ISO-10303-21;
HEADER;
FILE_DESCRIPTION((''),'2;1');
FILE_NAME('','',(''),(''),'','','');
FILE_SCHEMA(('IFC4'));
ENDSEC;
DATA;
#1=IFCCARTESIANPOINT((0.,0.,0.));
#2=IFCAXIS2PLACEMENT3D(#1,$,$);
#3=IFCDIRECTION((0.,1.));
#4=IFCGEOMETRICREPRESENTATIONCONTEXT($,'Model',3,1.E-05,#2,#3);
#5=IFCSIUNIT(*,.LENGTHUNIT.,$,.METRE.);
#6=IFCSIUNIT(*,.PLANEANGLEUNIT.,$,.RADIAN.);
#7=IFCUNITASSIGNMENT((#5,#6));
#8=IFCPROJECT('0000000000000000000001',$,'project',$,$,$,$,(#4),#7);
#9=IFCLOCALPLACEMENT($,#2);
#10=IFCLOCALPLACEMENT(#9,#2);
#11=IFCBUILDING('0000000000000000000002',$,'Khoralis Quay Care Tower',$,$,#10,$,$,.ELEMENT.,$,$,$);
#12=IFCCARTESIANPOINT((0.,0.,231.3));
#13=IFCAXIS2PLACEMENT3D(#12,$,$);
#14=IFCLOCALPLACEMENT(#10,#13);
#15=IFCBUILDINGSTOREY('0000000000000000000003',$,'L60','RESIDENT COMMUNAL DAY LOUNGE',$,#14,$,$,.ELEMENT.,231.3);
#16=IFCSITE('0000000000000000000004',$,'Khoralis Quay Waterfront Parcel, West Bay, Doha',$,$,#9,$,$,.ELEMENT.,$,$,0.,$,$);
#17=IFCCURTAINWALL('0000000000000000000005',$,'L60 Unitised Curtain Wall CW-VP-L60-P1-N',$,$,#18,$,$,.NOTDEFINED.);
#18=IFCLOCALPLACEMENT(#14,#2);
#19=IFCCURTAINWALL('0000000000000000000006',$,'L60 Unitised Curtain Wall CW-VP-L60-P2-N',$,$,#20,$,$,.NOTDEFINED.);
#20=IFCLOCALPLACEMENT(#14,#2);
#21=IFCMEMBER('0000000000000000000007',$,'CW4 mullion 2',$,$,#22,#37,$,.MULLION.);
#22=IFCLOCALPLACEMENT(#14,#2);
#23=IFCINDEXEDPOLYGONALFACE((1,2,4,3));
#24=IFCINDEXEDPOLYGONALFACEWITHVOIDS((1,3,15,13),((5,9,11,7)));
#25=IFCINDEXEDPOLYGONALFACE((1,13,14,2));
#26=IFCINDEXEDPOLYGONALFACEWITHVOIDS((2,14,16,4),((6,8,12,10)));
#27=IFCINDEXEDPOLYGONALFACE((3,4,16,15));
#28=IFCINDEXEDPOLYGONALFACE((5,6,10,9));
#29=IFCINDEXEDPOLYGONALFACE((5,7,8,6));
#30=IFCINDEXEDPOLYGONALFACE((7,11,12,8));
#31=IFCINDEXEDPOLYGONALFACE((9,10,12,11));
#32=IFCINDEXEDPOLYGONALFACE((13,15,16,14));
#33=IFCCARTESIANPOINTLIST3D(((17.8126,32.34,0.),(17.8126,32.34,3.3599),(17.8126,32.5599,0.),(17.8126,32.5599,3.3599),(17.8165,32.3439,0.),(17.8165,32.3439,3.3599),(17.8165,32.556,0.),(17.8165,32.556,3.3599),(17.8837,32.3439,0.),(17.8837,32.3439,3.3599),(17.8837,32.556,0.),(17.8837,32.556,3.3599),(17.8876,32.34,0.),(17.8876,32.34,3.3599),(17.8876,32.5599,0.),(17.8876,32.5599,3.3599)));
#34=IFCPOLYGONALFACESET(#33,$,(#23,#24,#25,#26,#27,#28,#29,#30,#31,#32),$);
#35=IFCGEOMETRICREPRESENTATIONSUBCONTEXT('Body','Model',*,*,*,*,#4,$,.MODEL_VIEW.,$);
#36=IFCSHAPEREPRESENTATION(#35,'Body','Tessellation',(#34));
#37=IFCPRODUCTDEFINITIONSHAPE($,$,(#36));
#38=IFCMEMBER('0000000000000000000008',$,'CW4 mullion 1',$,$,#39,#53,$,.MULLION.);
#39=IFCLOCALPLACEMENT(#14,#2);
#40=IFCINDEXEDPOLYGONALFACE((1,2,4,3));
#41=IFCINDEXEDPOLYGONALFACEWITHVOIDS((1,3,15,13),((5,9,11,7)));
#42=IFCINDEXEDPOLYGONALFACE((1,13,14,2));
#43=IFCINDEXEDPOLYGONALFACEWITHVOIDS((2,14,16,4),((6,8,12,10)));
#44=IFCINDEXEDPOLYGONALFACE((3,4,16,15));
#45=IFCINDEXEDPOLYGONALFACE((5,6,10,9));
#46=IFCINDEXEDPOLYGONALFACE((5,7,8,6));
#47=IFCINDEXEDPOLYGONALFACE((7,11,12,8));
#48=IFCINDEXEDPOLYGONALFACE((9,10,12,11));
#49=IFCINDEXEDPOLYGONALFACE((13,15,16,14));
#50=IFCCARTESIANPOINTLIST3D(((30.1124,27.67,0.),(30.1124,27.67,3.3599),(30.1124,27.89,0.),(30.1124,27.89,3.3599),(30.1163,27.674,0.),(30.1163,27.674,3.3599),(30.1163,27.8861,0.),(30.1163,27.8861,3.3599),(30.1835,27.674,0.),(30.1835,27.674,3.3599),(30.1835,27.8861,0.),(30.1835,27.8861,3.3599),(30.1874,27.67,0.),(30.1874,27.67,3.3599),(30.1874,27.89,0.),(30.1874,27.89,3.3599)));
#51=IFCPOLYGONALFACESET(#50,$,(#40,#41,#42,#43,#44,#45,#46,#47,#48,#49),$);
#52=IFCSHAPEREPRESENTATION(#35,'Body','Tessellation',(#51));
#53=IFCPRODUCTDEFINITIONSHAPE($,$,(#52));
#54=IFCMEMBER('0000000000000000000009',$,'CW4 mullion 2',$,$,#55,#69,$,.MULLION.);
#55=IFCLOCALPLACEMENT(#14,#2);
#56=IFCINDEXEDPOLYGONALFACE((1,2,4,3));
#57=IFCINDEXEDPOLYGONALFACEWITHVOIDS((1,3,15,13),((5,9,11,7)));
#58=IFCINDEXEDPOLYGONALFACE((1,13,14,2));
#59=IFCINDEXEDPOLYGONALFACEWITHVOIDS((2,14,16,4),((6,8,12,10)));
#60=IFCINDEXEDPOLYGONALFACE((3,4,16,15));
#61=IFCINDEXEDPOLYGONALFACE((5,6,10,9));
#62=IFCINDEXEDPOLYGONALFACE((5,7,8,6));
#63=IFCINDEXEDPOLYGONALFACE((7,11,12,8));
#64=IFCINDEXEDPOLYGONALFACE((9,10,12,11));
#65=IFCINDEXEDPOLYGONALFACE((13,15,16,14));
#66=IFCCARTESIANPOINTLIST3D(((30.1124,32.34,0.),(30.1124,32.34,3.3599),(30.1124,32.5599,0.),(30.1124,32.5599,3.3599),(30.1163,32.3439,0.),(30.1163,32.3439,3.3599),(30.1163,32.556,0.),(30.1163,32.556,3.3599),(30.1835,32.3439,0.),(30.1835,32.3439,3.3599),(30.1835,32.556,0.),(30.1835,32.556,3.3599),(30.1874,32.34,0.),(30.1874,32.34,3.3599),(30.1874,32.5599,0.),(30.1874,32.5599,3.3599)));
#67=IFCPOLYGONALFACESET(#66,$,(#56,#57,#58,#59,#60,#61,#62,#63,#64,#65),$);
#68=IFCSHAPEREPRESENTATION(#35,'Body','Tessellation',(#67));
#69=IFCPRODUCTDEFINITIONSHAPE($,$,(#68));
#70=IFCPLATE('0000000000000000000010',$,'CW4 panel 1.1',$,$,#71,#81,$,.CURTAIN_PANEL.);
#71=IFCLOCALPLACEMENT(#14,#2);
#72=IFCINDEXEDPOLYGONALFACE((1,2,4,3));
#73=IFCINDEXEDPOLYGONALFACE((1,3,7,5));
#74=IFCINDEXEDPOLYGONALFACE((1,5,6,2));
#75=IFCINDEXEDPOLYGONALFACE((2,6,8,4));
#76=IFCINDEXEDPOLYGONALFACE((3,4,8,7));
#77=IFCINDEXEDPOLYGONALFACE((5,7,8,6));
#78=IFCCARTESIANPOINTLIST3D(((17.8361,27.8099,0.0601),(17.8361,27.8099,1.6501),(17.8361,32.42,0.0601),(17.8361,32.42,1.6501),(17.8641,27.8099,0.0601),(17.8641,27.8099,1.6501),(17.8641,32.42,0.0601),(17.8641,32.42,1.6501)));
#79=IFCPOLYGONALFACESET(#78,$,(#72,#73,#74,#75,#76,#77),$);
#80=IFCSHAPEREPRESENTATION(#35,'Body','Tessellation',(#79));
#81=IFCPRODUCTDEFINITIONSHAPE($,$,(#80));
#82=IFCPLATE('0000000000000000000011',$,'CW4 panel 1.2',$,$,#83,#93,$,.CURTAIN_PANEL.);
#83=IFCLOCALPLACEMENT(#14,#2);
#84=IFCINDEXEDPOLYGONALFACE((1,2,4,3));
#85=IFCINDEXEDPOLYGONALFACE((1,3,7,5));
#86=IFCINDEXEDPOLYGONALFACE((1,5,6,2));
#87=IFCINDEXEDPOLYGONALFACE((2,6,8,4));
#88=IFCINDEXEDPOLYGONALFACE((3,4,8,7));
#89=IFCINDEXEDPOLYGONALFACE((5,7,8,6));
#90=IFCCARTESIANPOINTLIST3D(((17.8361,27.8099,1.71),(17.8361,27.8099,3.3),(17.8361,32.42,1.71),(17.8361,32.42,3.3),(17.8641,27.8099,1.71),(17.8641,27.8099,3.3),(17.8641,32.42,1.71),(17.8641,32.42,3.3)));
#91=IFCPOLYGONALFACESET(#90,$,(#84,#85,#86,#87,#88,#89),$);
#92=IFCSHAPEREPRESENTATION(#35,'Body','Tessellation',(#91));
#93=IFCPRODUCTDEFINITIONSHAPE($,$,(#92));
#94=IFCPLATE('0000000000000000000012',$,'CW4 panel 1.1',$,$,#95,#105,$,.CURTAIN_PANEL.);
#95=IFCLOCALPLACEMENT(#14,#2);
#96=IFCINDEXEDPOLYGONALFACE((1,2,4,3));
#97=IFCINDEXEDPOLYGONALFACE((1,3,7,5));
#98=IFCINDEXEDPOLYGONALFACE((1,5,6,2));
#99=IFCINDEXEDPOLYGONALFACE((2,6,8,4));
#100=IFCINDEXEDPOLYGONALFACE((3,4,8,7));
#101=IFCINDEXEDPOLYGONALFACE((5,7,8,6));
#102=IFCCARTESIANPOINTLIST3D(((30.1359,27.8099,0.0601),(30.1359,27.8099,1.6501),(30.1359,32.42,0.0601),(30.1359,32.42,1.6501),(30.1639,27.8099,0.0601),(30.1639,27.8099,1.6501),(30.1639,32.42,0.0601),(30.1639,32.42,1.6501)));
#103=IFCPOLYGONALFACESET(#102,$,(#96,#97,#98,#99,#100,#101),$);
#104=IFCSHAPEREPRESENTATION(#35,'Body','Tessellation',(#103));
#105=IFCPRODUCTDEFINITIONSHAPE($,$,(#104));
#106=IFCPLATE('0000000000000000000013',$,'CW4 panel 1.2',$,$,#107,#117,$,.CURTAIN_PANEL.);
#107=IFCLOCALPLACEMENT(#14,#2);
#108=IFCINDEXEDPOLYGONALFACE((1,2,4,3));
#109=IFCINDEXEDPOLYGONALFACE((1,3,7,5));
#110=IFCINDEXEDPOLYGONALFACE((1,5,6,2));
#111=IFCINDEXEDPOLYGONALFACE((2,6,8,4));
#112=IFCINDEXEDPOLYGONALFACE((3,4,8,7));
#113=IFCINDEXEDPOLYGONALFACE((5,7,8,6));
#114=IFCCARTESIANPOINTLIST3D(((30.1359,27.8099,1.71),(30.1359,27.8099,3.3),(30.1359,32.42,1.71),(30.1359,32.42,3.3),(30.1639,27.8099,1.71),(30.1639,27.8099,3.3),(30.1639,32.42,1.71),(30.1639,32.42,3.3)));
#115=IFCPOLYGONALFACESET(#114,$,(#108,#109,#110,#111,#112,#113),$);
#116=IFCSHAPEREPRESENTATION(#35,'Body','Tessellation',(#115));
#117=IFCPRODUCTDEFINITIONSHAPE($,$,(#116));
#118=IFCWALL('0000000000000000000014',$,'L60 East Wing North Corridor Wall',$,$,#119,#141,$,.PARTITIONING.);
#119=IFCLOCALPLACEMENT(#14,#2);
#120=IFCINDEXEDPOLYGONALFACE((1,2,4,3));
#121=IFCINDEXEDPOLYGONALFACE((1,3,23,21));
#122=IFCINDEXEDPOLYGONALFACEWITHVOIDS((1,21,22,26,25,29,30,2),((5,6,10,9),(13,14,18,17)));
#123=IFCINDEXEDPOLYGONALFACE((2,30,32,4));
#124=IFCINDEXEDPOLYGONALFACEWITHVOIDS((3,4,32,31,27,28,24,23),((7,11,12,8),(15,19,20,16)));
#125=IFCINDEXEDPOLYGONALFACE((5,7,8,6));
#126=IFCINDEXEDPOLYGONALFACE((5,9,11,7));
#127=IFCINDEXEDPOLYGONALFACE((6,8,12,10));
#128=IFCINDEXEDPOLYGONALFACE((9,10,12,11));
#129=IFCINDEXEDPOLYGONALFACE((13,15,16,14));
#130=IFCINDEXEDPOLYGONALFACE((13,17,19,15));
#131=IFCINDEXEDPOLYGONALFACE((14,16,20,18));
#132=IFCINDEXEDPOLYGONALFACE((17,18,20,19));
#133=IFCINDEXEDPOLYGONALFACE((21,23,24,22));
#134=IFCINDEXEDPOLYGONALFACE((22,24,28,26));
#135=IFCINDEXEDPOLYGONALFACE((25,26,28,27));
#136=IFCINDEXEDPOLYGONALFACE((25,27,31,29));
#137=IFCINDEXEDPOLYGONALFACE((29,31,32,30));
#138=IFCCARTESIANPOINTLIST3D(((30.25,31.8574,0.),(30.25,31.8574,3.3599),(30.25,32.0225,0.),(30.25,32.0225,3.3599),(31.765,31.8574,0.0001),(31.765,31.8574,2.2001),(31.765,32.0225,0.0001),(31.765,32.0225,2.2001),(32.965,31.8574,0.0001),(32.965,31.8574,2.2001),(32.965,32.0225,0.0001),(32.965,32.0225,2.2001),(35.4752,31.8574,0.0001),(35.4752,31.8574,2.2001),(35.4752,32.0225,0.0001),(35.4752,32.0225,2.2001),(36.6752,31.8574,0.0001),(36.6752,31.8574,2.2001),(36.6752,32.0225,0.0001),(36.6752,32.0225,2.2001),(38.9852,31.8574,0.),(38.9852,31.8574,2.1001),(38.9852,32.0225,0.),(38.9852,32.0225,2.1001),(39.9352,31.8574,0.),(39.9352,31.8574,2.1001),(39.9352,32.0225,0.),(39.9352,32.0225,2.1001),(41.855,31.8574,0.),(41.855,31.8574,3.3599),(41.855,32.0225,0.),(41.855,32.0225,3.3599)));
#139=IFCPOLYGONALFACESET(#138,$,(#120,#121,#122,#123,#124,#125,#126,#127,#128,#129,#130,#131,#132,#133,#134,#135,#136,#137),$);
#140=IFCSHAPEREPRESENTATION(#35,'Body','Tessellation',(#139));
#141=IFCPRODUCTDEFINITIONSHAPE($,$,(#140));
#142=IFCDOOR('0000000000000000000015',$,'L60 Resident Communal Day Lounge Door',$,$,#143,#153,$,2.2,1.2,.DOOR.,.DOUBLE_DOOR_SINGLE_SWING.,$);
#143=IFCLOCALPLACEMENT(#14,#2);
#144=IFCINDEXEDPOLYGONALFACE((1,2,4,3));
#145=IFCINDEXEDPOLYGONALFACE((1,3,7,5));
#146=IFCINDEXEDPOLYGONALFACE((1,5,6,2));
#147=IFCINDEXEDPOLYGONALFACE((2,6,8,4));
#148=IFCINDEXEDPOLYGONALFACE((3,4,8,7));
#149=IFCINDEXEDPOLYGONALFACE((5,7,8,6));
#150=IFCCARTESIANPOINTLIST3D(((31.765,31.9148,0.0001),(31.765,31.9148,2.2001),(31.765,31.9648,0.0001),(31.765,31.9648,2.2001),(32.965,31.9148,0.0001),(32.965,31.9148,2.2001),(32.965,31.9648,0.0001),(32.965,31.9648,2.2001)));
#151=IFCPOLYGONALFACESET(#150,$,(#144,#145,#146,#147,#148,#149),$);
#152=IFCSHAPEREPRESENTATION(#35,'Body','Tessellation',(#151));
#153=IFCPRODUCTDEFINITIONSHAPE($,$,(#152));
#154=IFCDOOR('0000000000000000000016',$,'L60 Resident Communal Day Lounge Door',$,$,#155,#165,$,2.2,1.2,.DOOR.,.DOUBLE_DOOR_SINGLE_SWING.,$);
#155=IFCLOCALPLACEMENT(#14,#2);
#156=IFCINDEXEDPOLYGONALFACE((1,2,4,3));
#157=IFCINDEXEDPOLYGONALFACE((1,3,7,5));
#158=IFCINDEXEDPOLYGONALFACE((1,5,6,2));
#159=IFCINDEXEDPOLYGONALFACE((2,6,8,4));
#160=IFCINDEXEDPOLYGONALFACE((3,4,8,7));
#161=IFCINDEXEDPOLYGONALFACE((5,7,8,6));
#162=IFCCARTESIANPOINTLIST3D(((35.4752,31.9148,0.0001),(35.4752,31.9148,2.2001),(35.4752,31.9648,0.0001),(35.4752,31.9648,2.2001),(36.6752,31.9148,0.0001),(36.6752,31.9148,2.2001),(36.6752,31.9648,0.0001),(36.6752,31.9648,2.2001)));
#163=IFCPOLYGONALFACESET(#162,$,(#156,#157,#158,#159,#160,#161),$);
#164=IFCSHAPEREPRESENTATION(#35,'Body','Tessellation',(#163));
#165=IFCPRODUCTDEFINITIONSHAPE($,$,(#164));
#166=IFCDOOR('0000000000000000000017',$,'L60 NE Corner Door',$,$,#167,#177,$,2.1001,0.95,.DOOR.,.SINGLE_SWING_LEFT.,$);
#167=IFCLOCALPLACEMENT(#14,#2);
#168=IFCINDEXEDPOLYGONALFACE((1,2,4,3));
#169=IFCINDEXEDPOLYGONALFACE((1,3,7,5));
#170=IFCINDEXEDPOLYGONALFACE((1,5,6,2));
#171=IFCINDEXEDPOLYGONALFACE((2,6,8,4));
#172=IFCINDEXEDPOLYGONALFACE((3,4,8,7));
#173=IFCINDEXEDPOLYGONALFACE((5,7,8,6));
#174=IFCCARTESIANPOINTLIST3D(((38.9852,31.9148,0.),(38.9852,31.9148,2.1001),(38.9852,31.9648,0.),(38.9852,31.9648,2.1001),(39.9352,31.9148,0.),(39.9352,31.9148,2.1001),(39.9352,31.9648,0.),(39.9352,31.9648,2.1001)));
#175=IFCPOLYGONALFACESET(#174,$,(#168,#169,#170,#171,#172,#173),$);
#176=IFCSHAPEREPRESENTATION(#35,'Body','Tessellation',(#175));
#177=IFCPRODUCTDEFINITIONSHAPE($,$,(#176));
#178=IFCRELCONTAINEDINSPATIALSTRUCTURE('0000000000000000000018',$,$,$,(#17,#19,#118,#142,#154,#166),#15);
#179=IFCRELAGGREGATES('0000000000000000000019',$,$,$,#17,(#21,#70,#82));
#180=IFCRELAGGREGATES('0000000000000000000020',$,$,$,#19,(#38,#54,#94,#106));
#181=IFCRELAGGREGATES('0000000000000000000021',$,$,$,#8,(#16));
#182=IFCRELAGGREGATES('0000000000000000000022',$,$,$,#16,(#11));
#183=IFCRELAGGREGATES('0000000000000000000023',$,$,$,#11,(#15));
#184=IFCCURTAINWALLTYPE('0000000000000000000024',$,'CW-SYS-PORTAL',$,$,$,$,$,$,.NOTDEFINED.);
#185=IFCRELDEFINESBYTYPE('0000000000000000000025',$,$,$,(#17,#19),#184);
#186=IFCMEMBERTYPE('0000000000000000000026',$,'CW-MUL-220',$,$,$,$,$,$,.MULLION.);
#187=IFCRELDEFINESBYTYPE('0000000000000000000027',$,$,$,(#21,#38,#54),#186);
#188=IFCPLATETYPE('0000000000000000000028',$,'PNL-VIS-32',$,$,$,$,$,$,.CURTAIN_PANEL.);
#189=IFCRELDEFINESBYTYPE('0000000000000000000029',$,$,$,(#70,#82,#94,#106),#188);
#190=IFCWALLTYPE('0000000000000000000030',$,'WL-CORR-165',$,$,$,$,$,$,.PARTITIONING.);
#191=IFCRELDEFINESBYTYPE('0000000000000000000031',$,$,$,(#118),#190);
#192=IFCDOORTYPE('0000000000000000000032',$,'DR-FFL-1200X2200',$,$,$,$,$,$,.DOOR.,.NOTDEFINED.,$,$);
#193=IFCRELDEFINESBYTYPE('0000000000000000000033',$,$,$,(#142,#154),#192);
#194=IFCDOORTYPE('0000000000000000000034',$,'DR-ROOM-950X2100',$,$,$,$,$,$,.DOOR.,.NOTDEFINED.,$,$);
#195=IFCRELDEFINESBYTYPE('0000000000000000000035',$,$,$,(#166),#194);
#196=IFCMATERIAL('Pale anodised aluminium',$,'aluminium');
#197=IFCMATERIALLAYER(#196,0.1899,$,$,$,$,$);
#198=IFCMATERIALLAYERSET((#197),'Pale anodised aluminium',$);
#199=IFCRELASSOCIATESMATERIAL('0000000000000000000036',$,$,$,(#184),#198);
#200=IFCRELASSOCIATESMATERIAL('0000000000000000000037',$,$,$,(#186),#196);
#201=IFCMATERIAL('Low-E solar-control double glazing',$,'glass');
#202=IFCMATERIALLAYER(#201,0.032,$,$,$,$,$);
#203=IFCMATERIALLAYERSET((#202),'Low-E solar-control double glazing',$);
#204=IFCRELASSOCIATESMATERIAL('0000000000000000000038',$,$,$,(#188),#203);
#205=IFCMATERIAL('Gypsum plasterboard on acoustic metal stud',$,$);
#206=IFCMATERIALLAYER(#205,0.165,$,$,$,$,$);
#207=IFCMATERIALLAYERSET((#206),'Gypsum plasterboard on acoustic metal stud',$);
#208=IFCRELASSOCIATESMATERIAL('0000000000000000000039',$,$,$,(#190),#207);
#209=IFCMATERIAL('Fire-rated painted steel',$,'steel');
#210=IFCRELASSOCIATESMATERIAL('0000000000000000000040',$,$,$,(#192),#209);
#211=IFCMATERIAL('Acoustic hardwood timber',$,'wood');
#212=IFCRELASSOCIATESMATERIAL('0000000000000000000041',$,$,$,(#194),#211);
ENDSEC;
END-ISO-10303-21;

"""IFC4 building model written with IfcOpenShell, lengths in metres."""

from ifc_helpers import new_model, si_unit, direction, frame, frame_2d, origin, origin_2d, place, context, subcontext, project, spatial, rectangle, hollow_rectangle, extrude, source, transform, mapped, material, layer, layer_set, material_profile, profile_set, type_object, element, fill, aggregate, save


model = new_model("IFC4")

# Units and contexts
model_context = context("Model", 3, precision=1e-05, world=origin(), true_north=direction((0.0, 1.0)))
body_context = subcontext(model_context, "Body", "Model", "MODEL_VIEW")
ifc_project = project(units=[si_unit("LENGTHUNIT", "METRE"), si_unit("PLANEANGLEUNIT", "RADIAN")], contexts=[model_context])

# Site, building, storey
site_placement = place(None, origin())
site = spatial("IfcSite", under=ifc_project, at=site_placement, Name="Khoralis Quay Waterfront Parcel, West Bay, Doha", CompositionType="ELEMENT", RefElevation=0.0)
building_placement = place(site_placement, origin())
building = spatial("IfcBuilding", under=site, at=building_placement, Name="Khoralis Quay Care Tower", CompositionType="ELEMENT")
storey_placement = place(building_placement, frame((0.0, 0.0, 231.3)))
storey = spatial("IfcBuildingStorey", under=building, at=storey_placement, Name="L60", Description="RESIDENT COMMUNAL DAY LOUNGE", CompositionType="ELEMENT", Elevation=231.3)

# Curtain wall
ifc_material_1 = material(Name="Pale anodised aluminium", Category="aluminium")
ifc_layer_1 = layer(ifc_material_1, 0.1899)
ifc_layer_set_1 = layer_set([ifc_layer_1], Name="Pale anodised aluminium")
curtain_wall_type = type_object("IfcCurtainWallType", Name="CW-SYS-PORTAL", PredefinedType="NOTDEFINED", material=ifc_layer_set_1)
curtain_wall_1_placement = place(storey_placement, origin())
curtain_wall_1 = element("IfcCurtainWall", 1, at=curtain_wall_1_placement, inside=storey, type_object=curtain_wall_type, Name="L60 Unitised Curtain Wall CW-VP-L60-P1-N", PredefinedType="NOTDEFINED")

# Curtain wall
curtain_wall_2_placement = place(storey_placement, origin())
curtain_wall_2 = element("IfcCurtainWall", 2, at=curtain_wall_2_placement, inside=storey, type_object=curtain_wall_type, Name="L60 Unitised Curtain Wall CW-VP-L60-P2-N", PredefinedType="NOTDEFINED")

# Members
ifc_material_profile_1 = material_profile(ifc_material_1, hollow_rectangle(XDim=0.075, YDim=0.22, WallThickness=0.0039, at=origin_2d()), Name="Pale anodised aluminium")
ifc_profile_set_1 = profile_set([ifc_material_profile_1], Name="Pale anodised aluminium")
member_type_1 = type_object("IfcMemberType", Name="CW-MUL-220", PredefinedType="MULLION", material=ifc_profile_set_1)
shared_shape_1 = source(origin(), body_context, "Body", "SweptSolid", [
    extrude(hollow_rectangle(XDim=0.075, YDim=0.22, WallThickness=0.0039, at=origin_2d()), origin(), (0.0, 0.0, 1.0), 3.3599),
])
member_1_placement = place(storey_placement, frame((17.8501, 32.45, 0.0), z_axis=(0.0, 0.0, 1.0), x_axis=(-1.0, 0.0, 0.0)))
member_1 = element("IfcMember", 3, at=member_1_placement, type_object=member_type_1, Name="CW4 mullion 2", PredefinedType="MULLION", context=body_context, shape_type="MappedRepresentation", body=[
    mapped(shared_shape_1, transform((0.0, 0.0, 0.0), scale=1.0)),
])
member_2_placement = place(storey_placement, frame((30.1499, 27.78, 0.0), z_axis=(0.0, 0.0, 1.0), x_axis=(-1.0, 0.0, 0.0)))
member_2 = element("IfcMember", 4, at=member_2_placement, type_object=member_type_1, Name="CW4 mullion 1", PredefinedType="MULLION", context=body_context, shape_type="MappedRepresentation", body=[
    mapped(shared_shape_1, transform((0.0, 0.0, 0.0), scale=1.0)),
])
member_3_placement = place(storey_placement, frame((30.1499, 32.45, 0.0), z_axis=(0.0, 0.0, 1.0), x_axis=(-1.0, 0.0, 0.0)))
member_3 = element("IfcMember", 5, at=member_3_placement, type_object=member_type_1, Name="CW4 mullion 2", PredefinedType="MULLION", context=body_context, shape_type="MappedRepresentation", body=[
    mapped(shared_shape_1, transform((0.0, 0.0, 0.0), scale=1.0)),
])

# Plates
ifc_material_2 = material(Name="Low-E solar-control double glazing", Category="glass")
ifc_layer_2 = layer(ifc_material_2, 0.032)
ifc_layer_set_2 = layer_set([ifc_layer_2], Name="Low-E solar-control double glazing")
plate_type = type_object("IfcPlateType", Name="PNL-VIS-32", PredefinedType="CURTAIN_PANEL", material=ifc_layer_set_2)
shared_shape_2 = source(origin(), body_context, "Body", "SweptSolid", [
    extrude(rectangle(XDim=4.6101, YDim=0.0281, at=origin_2d()), origin(), (0.0, 0.0, 1.0), 1.5901),
])
plate_1_placement = place(storey_placement, frame((17.8501, 30.115, 0.0601), z_axis=(0.0, 0.0, 1.0), x_axis=(0.0, 1.0, 0.0)))
plate_1 = element("IfcPlate", 6, at=plate_1_placement, type_object=plate_type, Name="CW4 panel 1.1", PredefinedType="CURTAIN_PANEL", context=body_context, shape_type="MappedRepresentation", body=[
    mapped(shared_shape_2, transform((0.0, 0.0, 0.0), scale=1.0)),
])
plate_2_placement = place(storey_placement, frame((17.8501, 30.115, 1.71), z_axis=(0.0, 0.0, 1.0), x_axis=(0.0, 1.0, 0.0)))
plate_2 = element("IfcPlate", 7, at=plate_2_placement, type_object=plate_type, Name="CW4 panel 1.2", PredefinedType="CURTAIN_PANEL", context=body_context, shape_type="MappedRepresentation", body=[
    mapped(shared_shape_2, transform((0.0, 0.0, 0.0), scale=1.0)),
])
aggregate(curtain_wall_1, [member_1, plate_1, plate_2])
plate_3_placement = place(storey_placement, frame((30.1499, 30.115, 0.0601), z_axis=(0.0, 0.0, 1.0), x_axis=(0.0, 1.0, 0.0)))
plate_3 = element("IfcPlate", 8, at=plate_3_placement, type_object=plate_type, Name="CW4 panel 1.1", PredefinedType="CURTAIN_PANEL", context=body_context, shape_type="MappedRepresentation", body=[
    mapped(shared_shape_2, transform((0.0, 0.0, 0.0), scale=1.0)),
])
plate_4_placement = place(storey_placement, frame((30.1499, 30.115, 1.71), z_axis=(0.0, 0.0, 1.0), x_axis=(0.0, 1.0, 0.0)))
plate_4 = element("IfcPlate", 9, at=plate_4_placement, type_object=plate_type, Name="CW4 panel 1.2", PredefinedType="CURTAIN_PANEL", context=body_context, shape_type="MappedRepresentation", body=[
    mapped(shared_shape_2, transform((0.0, 0.0, 0.0), scale=1.0)),
])
aggregate(curtain_wall_2, [member_2, member_3, plate_3, plate_4])

# Wall, openings, doors
ifc_material_3 = material(Name="Gypsum plasterboard on acoustic metal stud")
ifc_layer_3 = layer(ifc_material_3, 0.165)
ifc_layer_set_3 = layer_set([ifc_layer_3], Name="Gypsum plasterboard on acoustic metal stud")
wall_type_1 = type_object("IfcWallType", Name="WL-CORR-165", PredefinedType="PARTITIONING", material=ifc_layer_set_3)
wall_1_placement = place(storey_placement, frame((30.25, 31.9399, 0.0), z_axis=(0.0, 0.0, 1.0), x_axis=(1.0, 0.0, 0.0)))
wall_1 = element("IfcWall", 10, at=wall_1_placement, inside=storey, type_object=wall_type_1, Name="L60 East Wing North Corridor Wall", PredefinedType="PARTITIONING", context=body_context, shape_type="SweptSolid", body=[
    extrude(rectangle(XDim=11.605, YDim=0.165, at=frame_2d((5.8025, 0.0))), origin(), (0.0, 0.0, 1.0), 3.3599),
])
opening_1_placement = place(wall_1_placement, frame((1.5149, 0.0, 0.0)))
opening_1 = element("IfcOpeningElement", 11, at=opening_1_placement, cuts=wall_1, PredefinedType="OPENING", context=body_context, shape_type="SweptSolid", body=[
    extrude(rectangle(XDim=1.2, YDim=2.2, at=frame_2d((0.6001, 1.1001))), frame((0.0, 0.0925, 0.0), z_axis=(0.0, -1.0, 0.0), x_axis=(1.0, 0.0, 0.0)), (0.0, 0.0, 1.0), 0.1851),
])
opening_2_placement = place(wall_1_placement, frame((5.2251, 0.0, 0.0)))
opening_2 = element("IfcOpeningElement", 12, at=opening_2_placement, cuts=wall_1, PredefinedType="OPENING", context=body_context, shape_type="SweptSolid", body=[
    extrude(rectangle(XDim=1.2, YDim=2.2, at=frame_2d((0.6001, 1.1001))), frame((0.0, 0.0925, 0.0), z_axis=(0.0, -1.0, 0.0), x_axis=(1.0, 0.0, 0.0)), (0.0, 0.0, 1.0), 0.1851),
])
opening_3_placement = place(wall_1_placement, frame((8.7351, 0.0, 0.0)))
opening_3 = element("IfcOpeningElement", 13, at=opening_3_placement, cuts=wall_1, PredefinedType="OPENING", context=body_context, shape_type="SweptSolid", body=[
    extrude(rectangle(XDim=0.95, YDim=2.1001, at=frame_2d((0.4751, 1.05))), frame((0.0, 0.0925, 0.0), z_axis=(0.0, -1.0, 0.0), x_axis=(1.0, 0.0, 0.0)), (0.0, 0.0, 1.0), 0.1851),
])
ifc_material_4 = material(Name="Fire-rated painted steel", Category="steel")
door_type_1 = type_object("IfcDoorType", Name="DR-FFL-1200X2200", OperationType="NOTDEFINED", PredefinedType="DOOR", material=ifc_material_4)
shared_shape_3 = source(origin(), body_context, "Body", "SweptSolid", [
    extrude(rectangle(XDim=1.2, YDim=2.2, at=frame_2d((0.6001, 1.1001))), frame((0.0, 0.0249, 0.0), z_axis=(0.0, -1.0, 0.0), x_axis=(1.0, 0.0, 0.0)), (0.0, 0.0, 1.0), 0.05),
])
door_1_placement = place(opening_1_placement, origin())
door_1 = element("IfcDoor", 14, at=door_1_placement, inside=storey, type_object=door_type_1, Name="L60 Resident Communal Day Lounge Door", OperationType="DOUBLE_DOOR_SINGLE_SWING", OverallHeight=2.2, OverallWidth=1.2, PredefinedType="DOOR", context=body_context, shape_type="MappedRepresentation", body=[
    mapped(shared_shape_3, transform((0.0, 0.0, 0.0), scale=1.0)),
])
fill(opening_1, door_1)
door_2_placement = place(opening_2_placement, origin())
door_2 = element("IfcDoor", 15, at=door_2_placement, inside=storey, type_object=door_type_1, Name="L60 Resident Communal Day Lounge Door", OperationType="DOUBLE_DOOR_SINGLE_SWING", OverallHeight=2.2, OverallWidth=1.2, PredefinedType="DOOR", context=body_context, shape_type="MappedRepresentation", body=[
    mapped(shared_shape_3, transform((0.0, 0.0, 0.0), scale=1.0)),
])
fill(opening_2, door_2)
ifc_material_5 = material(Name="Acoustic hardwood timber", Category="wood")
door_type_2 = type_object("IfcDoorType", Name="DR-ROOM-950X2100", OperationType="NOTDEFINED", PredefinedType="DOOR", material=ifc_material_5)
shared_shape_4 = source(origin(), body_context, "Body", "SweptSolid", [
    extrude(rectangle(XDim=0.95, YDim=2.1001, at=frame_2d((0.4751, 1.05))), frame((0.0, 0.0249, 0.0), z_axis=(0.0, -1.0, 0.0), x_axis=(1.0, 0.0, 0.0)), (0.0, 0.0, 1.0), 0.05),
])
door_3_placement = place(opening_3_placement, origin())
door_3 = element("IfcDoor", 16, at=door_3_placement, inside=storey, type_object=door_type_2, Name="L60 NE Corner Door", OperationType="SINGLE_SWING_LEFT", OverallHeight=2.1001, OverallWidth=0.95, PredefinedType="DOOR", context=body_context, shape_type="MappedRepresentation", body=[
    mapped(shared_shape_4, transform((0.0, 0.0, 0.0), scale=1.0)),
])
fill(opening_3, door_3)

save(model, "model.ifc")
